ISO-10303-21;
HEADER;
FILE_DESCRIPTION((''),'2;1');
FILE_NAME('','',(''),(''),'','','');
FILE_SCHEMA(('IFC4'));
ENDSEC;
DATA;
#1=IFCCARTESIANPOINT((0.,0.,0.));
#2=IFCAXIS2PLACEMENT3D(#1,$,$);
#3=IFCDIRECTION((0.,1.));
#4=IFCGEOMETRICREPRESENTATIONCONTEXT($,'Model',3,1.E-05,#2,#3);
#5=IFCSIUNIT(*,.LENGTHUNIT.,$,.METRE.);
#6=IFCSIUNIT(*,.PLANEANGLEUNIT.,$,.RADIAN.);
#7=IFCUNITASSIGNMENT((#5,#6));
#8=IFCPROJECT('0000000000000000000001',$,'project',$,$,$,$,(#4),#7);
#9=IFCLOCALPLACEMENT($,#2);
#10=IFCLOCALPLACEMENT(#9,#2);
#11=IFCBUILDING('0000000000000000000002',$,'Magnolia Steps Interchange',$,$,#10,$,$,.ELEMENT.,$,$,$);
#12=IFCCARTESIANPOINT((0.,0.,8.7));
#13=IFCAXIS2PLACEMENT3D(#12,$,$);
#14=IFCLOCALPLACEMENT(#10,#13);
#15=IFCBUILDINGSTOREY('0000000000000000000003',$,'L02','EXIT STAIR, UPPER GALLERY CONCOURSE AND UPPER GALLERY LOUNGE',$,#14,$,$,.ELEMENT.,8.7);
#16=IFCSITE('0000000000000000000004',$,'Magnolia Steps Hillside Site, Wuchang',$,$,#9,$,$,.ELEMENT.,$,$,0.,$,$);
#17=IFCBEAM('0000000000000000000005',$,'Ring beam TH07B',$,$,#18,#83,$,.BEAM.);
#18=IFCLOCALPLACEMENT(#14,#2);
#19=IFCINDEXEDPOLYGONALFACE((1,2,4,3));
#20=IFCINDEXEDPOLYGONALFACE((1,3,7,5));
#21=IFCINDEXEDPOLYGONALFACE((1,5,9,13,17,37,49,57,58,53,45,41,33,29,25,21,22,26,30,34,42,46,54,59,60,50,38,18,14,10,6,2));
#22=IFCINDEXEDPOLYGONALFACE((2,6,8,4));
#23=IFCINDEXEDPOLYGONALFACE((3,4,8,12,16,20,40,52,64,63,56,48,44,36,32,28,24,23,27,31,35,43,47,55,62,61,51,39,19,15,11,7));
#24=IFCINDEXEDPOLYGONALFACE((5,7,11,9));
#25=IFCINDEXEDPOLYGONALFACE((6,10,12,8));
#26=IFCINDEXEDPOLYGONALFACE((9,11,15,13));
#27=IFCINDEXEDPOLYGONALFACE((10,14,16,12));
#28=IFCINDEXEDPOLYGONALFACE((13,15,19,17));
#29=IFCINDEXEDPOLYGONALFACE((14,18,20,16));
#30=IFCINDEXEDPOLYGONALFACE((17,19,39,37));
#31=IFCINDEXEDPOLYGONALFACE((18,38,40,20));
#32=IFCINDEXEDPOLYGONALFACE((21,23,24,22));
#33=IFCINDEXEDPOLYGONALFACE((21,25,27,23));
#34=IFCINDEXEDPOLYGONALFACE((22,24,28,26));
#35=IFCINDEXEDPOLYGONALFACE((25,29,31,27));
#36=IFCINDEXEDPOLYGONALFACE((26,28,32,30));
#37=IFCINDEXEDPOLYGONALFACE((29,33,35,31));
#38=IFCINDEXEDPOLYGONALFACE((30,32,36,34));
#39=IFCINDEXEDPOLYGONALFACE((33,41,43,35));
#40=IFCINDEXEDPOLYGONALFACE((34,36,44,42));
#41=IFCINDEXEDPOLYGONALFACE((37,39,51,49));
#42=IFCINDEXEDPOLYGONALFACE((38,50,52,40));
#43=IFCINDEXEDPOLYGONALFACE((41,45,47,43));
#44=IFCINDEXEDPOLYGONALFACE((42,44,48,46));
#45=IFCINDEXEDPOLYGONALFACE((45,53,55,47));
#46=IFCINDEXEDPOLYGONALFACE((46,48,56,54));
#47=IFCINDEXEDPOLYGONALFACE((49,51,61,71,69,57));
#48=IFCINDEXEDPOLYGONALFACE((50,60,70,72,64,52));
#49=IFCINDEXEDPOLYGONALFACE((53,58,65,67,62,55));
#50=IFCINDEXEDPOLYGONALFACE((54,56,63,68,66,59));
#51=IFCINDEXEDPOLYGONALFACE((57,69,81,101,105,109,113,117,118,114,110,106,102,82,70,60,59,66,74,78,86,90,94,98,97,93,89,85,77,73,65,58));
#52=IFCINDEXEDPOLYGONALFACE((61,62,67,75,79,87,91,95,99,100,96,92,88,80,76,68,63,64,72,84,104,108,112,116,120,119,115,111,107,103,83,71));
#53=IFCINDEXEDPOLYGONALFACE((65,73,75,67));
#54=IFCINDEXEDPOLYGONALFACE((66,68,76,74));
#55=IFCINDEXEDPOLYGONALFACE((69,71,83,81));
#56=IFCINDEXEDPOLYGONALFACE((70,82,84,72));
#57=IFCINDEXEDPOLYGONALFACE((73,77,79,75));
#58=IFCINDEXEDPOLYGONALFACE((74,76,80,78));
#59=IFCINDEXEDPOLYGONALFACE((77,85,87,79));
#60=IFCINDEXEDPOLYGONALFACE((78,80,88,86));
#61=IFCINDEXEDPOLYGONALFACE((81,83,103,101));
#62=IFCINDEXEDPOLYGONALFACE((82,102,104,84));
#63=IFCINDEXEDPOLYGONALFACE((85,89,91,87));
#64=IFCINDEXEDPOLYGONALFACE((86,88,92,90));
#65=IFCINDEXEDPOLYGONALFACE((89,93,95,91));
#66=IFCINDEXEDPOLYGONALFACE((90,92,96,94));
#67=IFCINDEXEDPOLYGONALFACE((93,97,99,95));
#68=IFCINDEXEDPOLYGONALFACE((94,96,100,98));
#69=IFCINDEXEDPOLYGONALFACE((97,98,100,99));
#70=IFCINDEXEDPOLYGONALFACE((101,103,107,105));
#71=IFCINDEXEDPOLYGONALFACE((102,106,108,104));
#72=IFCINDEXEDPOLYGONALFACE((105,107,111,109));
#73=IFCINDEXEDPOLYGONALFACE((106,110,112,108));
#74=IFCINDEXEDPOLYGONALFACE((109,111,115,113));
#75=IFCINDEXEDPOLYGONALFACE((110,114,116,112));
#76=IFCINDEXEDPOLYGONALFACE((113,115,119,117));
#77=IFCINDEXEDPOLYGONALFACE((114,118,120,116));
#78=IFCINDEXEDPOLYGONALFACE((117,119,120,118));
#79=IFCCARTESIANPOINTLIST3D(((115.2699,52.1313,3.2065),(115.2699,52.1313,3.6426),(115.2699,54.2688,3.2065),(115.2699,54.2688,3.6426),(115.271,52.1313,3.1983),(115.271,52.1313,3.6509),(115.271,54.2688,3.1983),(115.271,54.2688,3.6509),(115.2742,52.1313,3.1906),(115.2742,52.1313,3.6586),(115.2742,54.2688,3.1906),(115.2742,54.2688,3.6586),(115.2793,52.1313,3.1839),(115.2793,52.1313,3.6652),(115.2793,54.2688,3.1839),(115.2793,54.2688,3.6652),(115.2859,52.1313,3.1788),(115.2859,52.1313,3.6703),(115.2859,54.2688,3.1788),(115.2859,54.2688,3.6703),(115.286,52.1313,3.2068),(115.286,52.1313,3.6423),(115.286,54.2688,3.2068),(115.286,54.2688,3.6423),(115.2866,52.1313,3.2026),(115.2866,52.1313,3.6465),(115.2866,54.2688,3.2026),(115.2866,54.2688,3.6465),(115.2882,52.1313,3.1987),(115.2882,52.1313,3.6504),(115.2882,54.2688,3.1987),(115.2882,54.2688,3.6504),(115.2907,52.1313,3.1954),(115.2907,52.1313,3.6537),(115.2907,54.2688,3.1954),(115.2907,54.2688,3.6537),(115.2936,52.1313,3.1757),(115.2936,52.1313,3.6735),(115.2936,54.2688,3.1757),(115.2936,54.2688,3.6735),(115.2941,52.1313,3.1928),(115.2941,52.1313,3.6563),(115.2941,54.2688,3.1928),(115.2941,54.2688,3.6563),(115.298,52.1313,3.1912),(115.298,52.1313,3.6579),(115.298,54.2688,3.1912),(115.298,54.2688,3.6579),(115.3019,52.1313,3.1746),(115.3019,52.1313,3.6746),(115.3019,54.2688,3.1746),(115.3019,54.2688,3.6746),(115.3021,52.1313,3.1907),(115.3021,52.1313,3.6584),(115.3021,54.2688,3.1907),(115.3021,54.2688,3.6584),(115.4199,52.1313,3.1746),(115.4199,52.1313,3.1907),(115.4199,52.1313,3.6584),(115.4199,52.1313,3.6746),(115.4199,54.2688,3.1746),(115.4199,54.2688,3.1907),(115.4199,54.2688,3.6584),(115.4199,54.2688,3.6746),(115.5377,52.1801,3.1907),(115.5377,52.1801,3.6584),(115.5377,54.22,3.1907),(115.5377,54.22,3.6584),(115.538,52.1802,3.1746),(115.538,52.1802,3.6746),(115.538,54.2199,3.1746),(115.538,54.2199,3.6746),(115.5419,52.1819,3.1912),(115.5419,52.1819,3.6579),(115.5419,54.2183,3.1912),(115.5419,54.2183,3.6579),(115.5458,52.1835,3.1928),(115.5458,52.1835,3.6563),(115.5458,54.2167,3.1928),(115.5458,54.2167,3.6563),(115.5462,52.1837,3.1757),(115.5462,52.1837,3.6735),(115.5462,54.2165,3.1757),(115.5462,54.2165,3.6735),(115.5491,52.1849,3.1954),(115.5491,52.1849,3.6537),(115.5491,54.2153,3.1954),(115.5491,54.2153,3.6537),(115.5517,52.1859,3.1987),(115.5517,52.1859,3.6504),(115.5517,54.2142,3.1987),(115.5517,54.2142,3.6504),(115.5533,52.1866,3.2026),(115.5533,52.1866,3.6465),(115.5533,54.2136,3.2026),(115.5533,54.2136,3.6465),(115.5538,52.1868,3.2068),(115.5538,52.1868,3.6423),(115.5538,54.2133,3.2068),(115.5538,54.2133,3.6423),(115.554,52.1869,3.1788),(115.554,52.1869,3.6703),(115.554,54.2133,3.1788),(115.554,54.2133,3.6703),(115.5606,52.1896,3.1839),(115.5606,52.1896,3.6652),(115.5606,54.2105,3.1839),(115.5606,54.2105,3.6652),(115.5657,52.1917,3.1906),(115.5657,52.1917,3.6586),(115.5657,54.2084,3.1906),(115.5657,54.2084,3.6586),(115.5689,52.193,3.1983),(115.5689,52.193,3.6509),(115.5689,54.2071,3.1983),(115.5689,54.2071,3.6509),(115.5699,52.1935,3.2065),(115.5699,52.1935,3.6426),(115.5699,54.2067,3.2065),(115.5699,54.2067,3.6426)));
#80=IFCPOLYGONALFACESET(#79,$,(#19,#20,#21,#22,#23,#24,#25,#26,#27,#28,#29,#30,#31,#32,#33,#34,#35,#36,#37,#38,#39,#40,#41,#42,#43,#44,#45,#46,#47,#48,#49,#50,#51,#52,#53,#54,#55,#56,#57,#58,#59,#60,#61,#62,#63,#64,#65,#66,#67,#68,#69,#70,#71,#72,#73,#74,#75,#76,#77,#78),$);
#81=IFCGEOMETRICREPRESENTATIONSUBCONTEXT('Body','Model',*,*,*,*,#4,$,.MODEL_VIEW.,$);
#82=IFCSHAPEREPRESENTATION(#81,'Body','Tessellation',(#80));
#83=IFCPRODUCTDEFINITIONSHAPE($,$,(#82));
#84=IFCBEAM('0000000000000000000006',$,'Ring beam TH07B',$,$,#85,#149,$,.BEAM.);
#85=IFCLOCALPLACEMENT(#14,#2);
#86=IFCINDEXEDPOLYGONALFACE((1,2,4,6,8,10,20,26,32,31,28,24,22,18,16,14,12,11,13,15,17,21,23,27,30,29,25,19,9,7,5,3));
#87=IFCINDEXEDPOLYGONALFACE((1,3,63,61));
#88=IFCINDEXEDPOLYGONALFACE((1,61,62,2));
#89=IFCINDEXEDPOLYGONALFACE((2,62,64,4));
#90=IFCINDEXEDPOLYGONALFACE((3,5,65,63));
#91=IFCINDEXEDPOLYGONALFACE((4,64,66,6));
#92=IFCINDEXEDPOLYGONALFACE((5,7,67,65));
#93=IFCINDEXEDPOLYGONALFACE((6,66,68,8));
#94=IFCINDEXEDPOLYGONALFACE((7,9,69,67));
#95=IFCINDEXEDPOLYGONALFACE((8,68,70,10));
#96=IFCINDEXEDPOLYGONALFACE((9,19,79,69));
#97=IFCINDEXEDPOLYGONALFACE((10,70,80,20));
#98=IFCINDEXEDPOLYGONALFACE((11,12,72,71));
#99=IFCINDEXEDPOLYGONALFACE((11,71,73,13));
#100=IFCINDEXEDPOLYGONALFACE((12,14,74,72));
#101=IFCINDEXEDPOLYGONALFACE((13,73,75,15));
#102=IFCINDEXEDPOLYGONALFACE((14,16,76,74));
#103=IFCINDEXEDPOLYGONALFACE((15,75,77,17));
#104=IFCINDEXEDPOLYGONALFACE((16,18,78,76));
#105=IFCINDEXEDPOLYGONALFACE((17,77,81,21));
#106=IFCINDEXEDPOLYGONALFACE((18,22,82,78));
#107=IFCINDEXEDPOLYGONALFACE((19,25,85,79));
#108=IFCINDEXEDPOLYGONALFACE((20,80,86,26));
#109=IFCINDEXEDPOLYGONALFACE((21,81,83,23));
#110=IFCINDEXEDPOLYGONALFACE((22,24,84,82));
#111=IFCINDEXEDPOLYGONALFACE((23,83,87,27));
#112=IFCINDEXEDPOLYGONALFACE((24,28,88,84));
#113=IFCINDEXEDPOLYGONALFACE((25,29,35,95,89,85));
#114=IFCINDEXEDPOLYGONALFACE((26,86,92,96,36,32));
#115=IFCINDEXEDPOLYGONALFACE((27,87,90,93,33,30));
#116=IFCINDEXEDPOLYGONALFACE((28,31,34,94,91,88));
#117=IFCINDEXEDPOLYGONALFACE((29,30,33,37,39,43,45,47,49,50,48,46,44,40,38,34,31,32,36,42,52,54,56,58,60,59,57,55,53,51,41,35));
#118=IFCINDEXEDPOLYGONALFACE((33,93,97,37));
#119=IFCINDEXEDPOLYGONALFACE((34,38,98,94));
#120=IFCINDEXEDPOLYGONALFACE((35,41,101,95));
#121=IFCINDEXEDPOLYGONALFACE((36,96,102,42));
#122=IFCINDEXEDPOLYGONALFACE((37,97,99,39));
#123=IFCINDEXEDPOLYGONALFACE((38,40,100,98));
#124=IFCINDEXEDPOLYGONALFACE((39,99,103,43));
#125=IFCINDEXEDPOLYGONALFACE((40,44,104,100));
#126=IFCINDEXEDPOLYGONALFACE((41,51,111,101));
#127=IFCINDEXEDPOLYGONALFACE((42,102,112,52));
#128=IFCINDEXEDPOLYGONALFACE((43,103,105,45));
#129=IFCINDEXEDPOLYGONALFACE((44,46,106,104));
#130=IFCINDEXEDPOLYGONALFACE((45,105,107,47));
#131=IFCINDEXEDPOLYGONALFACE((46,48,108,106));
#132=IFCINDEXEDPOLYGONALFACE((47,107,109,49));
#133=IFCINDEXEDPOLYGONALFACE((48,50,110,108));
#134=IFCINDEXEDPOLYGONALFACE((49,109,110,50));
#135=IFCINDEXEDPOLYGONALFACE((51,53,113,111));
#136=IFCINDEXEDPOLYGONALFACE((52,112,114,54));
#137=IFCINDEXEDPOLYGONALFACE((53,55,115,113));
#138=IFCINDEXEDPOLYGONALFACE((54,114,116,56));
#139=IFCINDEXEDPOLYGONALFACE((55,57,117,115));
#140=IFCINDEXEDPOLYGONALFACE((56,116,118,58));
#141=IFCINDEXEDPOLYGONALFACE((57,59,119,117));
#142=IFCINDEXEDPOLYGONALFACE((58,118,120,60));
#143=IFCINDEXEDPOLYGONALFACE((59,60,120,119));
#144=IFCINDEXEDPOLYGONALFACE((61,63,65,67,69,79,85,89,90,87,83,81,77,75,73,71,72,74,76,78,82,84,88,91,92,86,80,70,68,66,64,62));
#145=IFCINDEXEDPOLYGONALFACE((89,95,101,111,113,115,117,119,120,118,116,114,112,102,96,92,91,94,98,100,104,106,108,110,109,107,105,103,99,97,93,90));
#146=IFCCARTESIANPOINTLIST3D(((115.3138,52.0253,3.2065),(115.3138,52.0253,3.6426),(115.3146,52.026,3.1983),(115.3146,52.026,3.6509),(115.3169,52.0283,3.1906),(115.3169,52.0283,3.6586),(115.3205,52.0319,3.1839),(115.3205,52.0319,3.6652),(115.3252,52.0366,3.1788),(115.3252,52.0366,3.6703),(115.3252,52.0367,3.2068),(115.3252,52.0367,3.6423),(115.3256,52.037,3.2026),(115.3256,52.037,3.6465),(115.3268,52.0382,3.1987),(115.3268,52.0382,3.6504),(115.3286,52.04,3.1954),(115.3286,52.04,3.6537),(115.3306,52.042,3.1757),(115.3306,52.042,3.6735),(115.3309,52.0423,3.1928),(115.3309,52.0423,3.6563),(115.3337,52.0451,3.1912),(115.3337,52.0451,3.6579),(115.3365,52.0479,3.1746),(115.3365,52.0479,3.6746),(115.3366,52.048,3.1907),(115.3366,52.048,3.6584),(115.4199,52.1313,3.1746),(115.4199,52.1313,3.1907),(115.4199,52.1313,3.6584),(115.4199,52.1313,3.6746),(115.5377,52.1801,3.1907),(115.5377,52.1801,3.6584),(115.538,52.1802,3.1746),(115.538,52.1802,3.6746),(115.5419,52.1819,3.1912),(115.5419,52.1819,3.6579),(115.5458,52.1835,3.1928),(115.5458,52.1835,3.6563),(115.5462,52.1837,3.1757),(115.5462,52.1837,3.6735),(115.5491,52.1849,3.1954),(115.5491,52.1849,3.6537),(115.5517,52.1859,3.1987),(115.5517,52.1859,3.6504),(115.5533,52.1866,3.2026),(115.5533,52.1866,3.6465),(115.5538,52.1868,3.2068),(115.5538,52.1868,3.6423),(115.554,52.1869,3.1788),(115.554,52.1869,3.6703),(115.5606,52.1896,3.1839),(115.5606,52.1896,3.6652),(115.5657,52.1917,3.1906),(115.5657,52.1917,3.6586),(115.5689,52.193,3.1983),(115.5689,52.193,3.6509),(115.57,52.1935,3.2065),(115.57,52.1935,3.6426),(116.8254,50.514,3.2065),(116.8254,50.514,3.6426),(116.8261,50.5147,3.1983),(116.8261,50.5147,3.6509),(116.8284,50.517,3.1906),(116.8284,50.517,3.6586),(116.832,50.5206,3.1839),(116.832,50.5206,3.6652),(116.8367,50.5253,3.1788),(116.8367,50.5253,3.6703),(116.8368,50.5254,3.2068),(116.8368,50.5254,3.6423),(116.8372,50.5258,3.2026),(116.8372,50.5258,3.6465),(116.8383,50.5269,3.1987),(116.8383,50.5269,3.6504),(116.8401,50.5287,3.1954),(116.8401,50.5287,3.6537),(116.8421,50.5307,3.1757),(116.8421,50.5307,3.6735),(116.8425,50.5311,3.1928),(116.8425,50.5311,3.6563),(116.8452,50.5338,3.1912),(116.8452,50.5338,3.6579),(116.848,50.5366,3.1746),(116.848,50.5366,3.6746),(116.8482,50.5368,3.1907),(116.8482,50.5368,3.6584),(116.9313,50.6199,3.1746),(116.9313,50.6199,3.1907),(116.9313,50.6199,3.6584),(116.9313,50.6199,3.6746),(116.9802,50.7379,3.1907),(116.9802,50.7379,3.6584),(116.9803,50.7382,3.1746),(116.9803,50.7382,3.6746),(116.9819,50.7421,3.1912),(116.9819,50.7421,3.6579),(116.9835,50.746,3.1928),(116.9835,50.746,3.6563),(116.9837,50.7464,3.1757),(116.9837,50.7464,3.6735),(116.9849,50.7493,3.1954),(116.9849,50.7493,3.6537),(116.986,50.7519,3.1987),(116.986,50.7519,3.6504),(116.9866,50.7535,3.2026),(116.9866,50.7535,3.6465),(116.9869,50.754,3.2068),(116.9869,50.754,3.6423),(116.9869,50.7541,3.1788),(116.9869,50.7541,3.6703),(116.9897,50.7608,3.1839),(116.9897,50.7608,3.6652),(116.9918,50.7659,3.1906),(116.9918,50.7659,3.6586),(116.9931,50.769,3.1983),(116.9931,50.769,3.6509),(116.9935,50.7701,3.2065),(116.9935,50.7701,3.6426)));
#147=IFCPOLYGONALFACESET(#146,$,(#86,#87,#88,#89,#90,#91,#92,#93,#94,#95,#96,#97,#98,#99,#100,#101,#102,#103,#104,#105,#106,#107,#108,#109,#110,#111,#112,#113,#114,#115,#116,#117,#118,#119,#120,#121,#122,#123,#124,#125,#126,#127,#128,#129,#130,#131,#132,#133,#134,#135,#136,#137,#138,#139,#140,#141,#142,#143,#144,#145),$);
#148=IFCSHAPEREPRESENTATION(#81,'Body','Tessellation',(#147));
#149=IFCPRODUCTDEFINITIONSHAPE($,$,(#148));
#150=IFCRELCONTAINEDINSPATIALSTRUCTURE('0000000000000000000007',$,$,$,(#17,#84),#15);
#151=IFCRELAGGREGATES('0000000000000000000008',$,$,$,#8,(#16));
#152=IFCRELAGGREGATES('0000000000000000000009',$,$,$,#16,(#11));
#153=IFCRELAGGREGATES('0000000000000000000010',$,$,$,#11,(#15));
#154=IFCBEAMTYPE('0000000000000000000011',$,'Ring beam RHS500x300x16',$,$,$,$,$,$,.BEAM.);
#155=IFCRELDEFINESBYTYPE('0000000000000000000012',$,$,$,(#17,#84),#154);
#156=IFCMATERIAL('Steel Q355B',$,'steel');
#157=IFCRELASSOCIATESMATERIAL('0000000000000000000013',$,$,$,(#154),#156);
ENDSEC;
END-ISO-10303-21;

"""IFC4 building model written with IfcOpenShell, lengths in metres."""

from ifc_helpers import new_model, si_unit, direction, frame, origin, origin_2d, place, context, subcontext, project, spatial, hollow_rectangle, extrude, clip, halfspace, material, material_profile, profile_set, type_object, element, save


model = new_model("IFC4")

# Units and contexts
model_context = context("Model", 3, precision=1e-05, world=origin(), true_north=direction((0.0, 1.0)))
body_context = subcontext(model_context, "Body", "Model", "MODEL_VIEW")
ifc_project = project(units=[si_unit("LENGTHUNIT", "METRE"), si_unit("PLANEANGLEUNIT", "RADIAN")], contexts=[model_context])

# Site, building, storey
site_placement = place(None, origin())
site = spatial("IfcSite", under=ifc_project, at=site_placement, Name="Magnolia Steps Hillside Site, Wuchang", CompositionType="ELEMENT", RefElevation=0.0)
building_placement = place(site_placement, origin())
building = spatial("IfcBuilding", under=site, at=building_placement, Name="Magnolia Steps Interchange", CompositionType="ELEMENT")
storey_placement = place(building_placement, frame((0.0, 0.0, 8.7)))
storey = spatial("IfcBuildingStorey", under=building, at=storey_placement, Name="L02", Description="EXIT STAIR, UPPER GALLERY CONCOURSE AND UPPER GALLERY LOUNGE", CompositionType="ELEMENT", Elevation=8.7)

# Beams
ifc_material_1 = material(Name="Steel Q355B", Category="steel")
ifc_material_profile_1 = material_profile(ifc_material_1, hollow_rectangle(XDim=0.3, YDim=0.5, WallThickness=0.0161, InnerFilletRadius=0.0161, OuterFilletRadius=0.032, at=origin_2d()), Name="RHS500x300x16")
ifc_profile_set_1 = profile_set([ifc_material_profile_1], Name="Steel Q355B")
beam_type = type_object("IfcBeamType", Name="Ring beam RHS500x300x16", PredefinedType="BEAM", material=ifc_profile_set_1)
beam_1_placement = place(storey_placement, frame((115.4199, 54.2688, 3.4246), z_axis=(0.0, -1.0, 0.0), x_axis=(1.0, 0.0, 0.0)))
element("IfcBeam", 1, at=beam_1_placement, inside=storey, type_object=beam_type, Name="Ring beam TH07B", PredefinedType="BEAM", context=body_context, shape_type="Clipping", body=[
    clip(clip(extrude(hollow_rectangle(XDim=0.3, YDim=0.5, WallThickness=0.0161, InnerFilletRadius=0.0161, OuterFilletRadius=0.032, at=origin_2d()), origin(), (0.0, 0.0, 1.0), 2.1375), halfspace(frame((0.0, 0.0, 0.0), z_axis=(0.382683, 0.0, -0.92388), x_axis=(0.92388, 0.0, 0.382683)), False)), halfspace(frame((0.0, 0.0, 2.1375), z_axis=(0.382683, 0.0, 0.92388), x_axis=(0.92388, 0.0, -0.382683)), False)),
])
beam_2_placement = place(storey_placement, frame((115.4199, 52.1313, 3.4246), z_axis=(0.707164, -0.70705, 0.0), x_axis=(0.70705, 0.707164, 0.0)))
element("IfcBeam", 2, at=beam_2_placement, inside=storey, type_object=beam_type, Name="Ring beam TH07B", PredefinedType="BEAM", context=body_context, shape_type="Clipping", body=[
    clip(clip(extrude(hollow_rectangle(XDim=0.3, YDim=0.5, WallThickness=0.0161, InnerFilletRadius=0.0161, OuterFilletRadius=0.032, at=origin_2d()), origin(), (0.0, 0.0, 1.0), 2.1375), halfspace(frame((0.0, 0.0, 0.0), z_axis=(0.382758, 0.0, -0.923849), x_axis=(0.923849, 0.0, 0.382758)), False)), halfspace(frame((0.0, 0.0, 2.1374), z_axis=(0.382609, 0.0, 0.92391), x_axis=(0.92391, 0.0, -0.382609)), False)),
])

save(model, "model.ifc")
